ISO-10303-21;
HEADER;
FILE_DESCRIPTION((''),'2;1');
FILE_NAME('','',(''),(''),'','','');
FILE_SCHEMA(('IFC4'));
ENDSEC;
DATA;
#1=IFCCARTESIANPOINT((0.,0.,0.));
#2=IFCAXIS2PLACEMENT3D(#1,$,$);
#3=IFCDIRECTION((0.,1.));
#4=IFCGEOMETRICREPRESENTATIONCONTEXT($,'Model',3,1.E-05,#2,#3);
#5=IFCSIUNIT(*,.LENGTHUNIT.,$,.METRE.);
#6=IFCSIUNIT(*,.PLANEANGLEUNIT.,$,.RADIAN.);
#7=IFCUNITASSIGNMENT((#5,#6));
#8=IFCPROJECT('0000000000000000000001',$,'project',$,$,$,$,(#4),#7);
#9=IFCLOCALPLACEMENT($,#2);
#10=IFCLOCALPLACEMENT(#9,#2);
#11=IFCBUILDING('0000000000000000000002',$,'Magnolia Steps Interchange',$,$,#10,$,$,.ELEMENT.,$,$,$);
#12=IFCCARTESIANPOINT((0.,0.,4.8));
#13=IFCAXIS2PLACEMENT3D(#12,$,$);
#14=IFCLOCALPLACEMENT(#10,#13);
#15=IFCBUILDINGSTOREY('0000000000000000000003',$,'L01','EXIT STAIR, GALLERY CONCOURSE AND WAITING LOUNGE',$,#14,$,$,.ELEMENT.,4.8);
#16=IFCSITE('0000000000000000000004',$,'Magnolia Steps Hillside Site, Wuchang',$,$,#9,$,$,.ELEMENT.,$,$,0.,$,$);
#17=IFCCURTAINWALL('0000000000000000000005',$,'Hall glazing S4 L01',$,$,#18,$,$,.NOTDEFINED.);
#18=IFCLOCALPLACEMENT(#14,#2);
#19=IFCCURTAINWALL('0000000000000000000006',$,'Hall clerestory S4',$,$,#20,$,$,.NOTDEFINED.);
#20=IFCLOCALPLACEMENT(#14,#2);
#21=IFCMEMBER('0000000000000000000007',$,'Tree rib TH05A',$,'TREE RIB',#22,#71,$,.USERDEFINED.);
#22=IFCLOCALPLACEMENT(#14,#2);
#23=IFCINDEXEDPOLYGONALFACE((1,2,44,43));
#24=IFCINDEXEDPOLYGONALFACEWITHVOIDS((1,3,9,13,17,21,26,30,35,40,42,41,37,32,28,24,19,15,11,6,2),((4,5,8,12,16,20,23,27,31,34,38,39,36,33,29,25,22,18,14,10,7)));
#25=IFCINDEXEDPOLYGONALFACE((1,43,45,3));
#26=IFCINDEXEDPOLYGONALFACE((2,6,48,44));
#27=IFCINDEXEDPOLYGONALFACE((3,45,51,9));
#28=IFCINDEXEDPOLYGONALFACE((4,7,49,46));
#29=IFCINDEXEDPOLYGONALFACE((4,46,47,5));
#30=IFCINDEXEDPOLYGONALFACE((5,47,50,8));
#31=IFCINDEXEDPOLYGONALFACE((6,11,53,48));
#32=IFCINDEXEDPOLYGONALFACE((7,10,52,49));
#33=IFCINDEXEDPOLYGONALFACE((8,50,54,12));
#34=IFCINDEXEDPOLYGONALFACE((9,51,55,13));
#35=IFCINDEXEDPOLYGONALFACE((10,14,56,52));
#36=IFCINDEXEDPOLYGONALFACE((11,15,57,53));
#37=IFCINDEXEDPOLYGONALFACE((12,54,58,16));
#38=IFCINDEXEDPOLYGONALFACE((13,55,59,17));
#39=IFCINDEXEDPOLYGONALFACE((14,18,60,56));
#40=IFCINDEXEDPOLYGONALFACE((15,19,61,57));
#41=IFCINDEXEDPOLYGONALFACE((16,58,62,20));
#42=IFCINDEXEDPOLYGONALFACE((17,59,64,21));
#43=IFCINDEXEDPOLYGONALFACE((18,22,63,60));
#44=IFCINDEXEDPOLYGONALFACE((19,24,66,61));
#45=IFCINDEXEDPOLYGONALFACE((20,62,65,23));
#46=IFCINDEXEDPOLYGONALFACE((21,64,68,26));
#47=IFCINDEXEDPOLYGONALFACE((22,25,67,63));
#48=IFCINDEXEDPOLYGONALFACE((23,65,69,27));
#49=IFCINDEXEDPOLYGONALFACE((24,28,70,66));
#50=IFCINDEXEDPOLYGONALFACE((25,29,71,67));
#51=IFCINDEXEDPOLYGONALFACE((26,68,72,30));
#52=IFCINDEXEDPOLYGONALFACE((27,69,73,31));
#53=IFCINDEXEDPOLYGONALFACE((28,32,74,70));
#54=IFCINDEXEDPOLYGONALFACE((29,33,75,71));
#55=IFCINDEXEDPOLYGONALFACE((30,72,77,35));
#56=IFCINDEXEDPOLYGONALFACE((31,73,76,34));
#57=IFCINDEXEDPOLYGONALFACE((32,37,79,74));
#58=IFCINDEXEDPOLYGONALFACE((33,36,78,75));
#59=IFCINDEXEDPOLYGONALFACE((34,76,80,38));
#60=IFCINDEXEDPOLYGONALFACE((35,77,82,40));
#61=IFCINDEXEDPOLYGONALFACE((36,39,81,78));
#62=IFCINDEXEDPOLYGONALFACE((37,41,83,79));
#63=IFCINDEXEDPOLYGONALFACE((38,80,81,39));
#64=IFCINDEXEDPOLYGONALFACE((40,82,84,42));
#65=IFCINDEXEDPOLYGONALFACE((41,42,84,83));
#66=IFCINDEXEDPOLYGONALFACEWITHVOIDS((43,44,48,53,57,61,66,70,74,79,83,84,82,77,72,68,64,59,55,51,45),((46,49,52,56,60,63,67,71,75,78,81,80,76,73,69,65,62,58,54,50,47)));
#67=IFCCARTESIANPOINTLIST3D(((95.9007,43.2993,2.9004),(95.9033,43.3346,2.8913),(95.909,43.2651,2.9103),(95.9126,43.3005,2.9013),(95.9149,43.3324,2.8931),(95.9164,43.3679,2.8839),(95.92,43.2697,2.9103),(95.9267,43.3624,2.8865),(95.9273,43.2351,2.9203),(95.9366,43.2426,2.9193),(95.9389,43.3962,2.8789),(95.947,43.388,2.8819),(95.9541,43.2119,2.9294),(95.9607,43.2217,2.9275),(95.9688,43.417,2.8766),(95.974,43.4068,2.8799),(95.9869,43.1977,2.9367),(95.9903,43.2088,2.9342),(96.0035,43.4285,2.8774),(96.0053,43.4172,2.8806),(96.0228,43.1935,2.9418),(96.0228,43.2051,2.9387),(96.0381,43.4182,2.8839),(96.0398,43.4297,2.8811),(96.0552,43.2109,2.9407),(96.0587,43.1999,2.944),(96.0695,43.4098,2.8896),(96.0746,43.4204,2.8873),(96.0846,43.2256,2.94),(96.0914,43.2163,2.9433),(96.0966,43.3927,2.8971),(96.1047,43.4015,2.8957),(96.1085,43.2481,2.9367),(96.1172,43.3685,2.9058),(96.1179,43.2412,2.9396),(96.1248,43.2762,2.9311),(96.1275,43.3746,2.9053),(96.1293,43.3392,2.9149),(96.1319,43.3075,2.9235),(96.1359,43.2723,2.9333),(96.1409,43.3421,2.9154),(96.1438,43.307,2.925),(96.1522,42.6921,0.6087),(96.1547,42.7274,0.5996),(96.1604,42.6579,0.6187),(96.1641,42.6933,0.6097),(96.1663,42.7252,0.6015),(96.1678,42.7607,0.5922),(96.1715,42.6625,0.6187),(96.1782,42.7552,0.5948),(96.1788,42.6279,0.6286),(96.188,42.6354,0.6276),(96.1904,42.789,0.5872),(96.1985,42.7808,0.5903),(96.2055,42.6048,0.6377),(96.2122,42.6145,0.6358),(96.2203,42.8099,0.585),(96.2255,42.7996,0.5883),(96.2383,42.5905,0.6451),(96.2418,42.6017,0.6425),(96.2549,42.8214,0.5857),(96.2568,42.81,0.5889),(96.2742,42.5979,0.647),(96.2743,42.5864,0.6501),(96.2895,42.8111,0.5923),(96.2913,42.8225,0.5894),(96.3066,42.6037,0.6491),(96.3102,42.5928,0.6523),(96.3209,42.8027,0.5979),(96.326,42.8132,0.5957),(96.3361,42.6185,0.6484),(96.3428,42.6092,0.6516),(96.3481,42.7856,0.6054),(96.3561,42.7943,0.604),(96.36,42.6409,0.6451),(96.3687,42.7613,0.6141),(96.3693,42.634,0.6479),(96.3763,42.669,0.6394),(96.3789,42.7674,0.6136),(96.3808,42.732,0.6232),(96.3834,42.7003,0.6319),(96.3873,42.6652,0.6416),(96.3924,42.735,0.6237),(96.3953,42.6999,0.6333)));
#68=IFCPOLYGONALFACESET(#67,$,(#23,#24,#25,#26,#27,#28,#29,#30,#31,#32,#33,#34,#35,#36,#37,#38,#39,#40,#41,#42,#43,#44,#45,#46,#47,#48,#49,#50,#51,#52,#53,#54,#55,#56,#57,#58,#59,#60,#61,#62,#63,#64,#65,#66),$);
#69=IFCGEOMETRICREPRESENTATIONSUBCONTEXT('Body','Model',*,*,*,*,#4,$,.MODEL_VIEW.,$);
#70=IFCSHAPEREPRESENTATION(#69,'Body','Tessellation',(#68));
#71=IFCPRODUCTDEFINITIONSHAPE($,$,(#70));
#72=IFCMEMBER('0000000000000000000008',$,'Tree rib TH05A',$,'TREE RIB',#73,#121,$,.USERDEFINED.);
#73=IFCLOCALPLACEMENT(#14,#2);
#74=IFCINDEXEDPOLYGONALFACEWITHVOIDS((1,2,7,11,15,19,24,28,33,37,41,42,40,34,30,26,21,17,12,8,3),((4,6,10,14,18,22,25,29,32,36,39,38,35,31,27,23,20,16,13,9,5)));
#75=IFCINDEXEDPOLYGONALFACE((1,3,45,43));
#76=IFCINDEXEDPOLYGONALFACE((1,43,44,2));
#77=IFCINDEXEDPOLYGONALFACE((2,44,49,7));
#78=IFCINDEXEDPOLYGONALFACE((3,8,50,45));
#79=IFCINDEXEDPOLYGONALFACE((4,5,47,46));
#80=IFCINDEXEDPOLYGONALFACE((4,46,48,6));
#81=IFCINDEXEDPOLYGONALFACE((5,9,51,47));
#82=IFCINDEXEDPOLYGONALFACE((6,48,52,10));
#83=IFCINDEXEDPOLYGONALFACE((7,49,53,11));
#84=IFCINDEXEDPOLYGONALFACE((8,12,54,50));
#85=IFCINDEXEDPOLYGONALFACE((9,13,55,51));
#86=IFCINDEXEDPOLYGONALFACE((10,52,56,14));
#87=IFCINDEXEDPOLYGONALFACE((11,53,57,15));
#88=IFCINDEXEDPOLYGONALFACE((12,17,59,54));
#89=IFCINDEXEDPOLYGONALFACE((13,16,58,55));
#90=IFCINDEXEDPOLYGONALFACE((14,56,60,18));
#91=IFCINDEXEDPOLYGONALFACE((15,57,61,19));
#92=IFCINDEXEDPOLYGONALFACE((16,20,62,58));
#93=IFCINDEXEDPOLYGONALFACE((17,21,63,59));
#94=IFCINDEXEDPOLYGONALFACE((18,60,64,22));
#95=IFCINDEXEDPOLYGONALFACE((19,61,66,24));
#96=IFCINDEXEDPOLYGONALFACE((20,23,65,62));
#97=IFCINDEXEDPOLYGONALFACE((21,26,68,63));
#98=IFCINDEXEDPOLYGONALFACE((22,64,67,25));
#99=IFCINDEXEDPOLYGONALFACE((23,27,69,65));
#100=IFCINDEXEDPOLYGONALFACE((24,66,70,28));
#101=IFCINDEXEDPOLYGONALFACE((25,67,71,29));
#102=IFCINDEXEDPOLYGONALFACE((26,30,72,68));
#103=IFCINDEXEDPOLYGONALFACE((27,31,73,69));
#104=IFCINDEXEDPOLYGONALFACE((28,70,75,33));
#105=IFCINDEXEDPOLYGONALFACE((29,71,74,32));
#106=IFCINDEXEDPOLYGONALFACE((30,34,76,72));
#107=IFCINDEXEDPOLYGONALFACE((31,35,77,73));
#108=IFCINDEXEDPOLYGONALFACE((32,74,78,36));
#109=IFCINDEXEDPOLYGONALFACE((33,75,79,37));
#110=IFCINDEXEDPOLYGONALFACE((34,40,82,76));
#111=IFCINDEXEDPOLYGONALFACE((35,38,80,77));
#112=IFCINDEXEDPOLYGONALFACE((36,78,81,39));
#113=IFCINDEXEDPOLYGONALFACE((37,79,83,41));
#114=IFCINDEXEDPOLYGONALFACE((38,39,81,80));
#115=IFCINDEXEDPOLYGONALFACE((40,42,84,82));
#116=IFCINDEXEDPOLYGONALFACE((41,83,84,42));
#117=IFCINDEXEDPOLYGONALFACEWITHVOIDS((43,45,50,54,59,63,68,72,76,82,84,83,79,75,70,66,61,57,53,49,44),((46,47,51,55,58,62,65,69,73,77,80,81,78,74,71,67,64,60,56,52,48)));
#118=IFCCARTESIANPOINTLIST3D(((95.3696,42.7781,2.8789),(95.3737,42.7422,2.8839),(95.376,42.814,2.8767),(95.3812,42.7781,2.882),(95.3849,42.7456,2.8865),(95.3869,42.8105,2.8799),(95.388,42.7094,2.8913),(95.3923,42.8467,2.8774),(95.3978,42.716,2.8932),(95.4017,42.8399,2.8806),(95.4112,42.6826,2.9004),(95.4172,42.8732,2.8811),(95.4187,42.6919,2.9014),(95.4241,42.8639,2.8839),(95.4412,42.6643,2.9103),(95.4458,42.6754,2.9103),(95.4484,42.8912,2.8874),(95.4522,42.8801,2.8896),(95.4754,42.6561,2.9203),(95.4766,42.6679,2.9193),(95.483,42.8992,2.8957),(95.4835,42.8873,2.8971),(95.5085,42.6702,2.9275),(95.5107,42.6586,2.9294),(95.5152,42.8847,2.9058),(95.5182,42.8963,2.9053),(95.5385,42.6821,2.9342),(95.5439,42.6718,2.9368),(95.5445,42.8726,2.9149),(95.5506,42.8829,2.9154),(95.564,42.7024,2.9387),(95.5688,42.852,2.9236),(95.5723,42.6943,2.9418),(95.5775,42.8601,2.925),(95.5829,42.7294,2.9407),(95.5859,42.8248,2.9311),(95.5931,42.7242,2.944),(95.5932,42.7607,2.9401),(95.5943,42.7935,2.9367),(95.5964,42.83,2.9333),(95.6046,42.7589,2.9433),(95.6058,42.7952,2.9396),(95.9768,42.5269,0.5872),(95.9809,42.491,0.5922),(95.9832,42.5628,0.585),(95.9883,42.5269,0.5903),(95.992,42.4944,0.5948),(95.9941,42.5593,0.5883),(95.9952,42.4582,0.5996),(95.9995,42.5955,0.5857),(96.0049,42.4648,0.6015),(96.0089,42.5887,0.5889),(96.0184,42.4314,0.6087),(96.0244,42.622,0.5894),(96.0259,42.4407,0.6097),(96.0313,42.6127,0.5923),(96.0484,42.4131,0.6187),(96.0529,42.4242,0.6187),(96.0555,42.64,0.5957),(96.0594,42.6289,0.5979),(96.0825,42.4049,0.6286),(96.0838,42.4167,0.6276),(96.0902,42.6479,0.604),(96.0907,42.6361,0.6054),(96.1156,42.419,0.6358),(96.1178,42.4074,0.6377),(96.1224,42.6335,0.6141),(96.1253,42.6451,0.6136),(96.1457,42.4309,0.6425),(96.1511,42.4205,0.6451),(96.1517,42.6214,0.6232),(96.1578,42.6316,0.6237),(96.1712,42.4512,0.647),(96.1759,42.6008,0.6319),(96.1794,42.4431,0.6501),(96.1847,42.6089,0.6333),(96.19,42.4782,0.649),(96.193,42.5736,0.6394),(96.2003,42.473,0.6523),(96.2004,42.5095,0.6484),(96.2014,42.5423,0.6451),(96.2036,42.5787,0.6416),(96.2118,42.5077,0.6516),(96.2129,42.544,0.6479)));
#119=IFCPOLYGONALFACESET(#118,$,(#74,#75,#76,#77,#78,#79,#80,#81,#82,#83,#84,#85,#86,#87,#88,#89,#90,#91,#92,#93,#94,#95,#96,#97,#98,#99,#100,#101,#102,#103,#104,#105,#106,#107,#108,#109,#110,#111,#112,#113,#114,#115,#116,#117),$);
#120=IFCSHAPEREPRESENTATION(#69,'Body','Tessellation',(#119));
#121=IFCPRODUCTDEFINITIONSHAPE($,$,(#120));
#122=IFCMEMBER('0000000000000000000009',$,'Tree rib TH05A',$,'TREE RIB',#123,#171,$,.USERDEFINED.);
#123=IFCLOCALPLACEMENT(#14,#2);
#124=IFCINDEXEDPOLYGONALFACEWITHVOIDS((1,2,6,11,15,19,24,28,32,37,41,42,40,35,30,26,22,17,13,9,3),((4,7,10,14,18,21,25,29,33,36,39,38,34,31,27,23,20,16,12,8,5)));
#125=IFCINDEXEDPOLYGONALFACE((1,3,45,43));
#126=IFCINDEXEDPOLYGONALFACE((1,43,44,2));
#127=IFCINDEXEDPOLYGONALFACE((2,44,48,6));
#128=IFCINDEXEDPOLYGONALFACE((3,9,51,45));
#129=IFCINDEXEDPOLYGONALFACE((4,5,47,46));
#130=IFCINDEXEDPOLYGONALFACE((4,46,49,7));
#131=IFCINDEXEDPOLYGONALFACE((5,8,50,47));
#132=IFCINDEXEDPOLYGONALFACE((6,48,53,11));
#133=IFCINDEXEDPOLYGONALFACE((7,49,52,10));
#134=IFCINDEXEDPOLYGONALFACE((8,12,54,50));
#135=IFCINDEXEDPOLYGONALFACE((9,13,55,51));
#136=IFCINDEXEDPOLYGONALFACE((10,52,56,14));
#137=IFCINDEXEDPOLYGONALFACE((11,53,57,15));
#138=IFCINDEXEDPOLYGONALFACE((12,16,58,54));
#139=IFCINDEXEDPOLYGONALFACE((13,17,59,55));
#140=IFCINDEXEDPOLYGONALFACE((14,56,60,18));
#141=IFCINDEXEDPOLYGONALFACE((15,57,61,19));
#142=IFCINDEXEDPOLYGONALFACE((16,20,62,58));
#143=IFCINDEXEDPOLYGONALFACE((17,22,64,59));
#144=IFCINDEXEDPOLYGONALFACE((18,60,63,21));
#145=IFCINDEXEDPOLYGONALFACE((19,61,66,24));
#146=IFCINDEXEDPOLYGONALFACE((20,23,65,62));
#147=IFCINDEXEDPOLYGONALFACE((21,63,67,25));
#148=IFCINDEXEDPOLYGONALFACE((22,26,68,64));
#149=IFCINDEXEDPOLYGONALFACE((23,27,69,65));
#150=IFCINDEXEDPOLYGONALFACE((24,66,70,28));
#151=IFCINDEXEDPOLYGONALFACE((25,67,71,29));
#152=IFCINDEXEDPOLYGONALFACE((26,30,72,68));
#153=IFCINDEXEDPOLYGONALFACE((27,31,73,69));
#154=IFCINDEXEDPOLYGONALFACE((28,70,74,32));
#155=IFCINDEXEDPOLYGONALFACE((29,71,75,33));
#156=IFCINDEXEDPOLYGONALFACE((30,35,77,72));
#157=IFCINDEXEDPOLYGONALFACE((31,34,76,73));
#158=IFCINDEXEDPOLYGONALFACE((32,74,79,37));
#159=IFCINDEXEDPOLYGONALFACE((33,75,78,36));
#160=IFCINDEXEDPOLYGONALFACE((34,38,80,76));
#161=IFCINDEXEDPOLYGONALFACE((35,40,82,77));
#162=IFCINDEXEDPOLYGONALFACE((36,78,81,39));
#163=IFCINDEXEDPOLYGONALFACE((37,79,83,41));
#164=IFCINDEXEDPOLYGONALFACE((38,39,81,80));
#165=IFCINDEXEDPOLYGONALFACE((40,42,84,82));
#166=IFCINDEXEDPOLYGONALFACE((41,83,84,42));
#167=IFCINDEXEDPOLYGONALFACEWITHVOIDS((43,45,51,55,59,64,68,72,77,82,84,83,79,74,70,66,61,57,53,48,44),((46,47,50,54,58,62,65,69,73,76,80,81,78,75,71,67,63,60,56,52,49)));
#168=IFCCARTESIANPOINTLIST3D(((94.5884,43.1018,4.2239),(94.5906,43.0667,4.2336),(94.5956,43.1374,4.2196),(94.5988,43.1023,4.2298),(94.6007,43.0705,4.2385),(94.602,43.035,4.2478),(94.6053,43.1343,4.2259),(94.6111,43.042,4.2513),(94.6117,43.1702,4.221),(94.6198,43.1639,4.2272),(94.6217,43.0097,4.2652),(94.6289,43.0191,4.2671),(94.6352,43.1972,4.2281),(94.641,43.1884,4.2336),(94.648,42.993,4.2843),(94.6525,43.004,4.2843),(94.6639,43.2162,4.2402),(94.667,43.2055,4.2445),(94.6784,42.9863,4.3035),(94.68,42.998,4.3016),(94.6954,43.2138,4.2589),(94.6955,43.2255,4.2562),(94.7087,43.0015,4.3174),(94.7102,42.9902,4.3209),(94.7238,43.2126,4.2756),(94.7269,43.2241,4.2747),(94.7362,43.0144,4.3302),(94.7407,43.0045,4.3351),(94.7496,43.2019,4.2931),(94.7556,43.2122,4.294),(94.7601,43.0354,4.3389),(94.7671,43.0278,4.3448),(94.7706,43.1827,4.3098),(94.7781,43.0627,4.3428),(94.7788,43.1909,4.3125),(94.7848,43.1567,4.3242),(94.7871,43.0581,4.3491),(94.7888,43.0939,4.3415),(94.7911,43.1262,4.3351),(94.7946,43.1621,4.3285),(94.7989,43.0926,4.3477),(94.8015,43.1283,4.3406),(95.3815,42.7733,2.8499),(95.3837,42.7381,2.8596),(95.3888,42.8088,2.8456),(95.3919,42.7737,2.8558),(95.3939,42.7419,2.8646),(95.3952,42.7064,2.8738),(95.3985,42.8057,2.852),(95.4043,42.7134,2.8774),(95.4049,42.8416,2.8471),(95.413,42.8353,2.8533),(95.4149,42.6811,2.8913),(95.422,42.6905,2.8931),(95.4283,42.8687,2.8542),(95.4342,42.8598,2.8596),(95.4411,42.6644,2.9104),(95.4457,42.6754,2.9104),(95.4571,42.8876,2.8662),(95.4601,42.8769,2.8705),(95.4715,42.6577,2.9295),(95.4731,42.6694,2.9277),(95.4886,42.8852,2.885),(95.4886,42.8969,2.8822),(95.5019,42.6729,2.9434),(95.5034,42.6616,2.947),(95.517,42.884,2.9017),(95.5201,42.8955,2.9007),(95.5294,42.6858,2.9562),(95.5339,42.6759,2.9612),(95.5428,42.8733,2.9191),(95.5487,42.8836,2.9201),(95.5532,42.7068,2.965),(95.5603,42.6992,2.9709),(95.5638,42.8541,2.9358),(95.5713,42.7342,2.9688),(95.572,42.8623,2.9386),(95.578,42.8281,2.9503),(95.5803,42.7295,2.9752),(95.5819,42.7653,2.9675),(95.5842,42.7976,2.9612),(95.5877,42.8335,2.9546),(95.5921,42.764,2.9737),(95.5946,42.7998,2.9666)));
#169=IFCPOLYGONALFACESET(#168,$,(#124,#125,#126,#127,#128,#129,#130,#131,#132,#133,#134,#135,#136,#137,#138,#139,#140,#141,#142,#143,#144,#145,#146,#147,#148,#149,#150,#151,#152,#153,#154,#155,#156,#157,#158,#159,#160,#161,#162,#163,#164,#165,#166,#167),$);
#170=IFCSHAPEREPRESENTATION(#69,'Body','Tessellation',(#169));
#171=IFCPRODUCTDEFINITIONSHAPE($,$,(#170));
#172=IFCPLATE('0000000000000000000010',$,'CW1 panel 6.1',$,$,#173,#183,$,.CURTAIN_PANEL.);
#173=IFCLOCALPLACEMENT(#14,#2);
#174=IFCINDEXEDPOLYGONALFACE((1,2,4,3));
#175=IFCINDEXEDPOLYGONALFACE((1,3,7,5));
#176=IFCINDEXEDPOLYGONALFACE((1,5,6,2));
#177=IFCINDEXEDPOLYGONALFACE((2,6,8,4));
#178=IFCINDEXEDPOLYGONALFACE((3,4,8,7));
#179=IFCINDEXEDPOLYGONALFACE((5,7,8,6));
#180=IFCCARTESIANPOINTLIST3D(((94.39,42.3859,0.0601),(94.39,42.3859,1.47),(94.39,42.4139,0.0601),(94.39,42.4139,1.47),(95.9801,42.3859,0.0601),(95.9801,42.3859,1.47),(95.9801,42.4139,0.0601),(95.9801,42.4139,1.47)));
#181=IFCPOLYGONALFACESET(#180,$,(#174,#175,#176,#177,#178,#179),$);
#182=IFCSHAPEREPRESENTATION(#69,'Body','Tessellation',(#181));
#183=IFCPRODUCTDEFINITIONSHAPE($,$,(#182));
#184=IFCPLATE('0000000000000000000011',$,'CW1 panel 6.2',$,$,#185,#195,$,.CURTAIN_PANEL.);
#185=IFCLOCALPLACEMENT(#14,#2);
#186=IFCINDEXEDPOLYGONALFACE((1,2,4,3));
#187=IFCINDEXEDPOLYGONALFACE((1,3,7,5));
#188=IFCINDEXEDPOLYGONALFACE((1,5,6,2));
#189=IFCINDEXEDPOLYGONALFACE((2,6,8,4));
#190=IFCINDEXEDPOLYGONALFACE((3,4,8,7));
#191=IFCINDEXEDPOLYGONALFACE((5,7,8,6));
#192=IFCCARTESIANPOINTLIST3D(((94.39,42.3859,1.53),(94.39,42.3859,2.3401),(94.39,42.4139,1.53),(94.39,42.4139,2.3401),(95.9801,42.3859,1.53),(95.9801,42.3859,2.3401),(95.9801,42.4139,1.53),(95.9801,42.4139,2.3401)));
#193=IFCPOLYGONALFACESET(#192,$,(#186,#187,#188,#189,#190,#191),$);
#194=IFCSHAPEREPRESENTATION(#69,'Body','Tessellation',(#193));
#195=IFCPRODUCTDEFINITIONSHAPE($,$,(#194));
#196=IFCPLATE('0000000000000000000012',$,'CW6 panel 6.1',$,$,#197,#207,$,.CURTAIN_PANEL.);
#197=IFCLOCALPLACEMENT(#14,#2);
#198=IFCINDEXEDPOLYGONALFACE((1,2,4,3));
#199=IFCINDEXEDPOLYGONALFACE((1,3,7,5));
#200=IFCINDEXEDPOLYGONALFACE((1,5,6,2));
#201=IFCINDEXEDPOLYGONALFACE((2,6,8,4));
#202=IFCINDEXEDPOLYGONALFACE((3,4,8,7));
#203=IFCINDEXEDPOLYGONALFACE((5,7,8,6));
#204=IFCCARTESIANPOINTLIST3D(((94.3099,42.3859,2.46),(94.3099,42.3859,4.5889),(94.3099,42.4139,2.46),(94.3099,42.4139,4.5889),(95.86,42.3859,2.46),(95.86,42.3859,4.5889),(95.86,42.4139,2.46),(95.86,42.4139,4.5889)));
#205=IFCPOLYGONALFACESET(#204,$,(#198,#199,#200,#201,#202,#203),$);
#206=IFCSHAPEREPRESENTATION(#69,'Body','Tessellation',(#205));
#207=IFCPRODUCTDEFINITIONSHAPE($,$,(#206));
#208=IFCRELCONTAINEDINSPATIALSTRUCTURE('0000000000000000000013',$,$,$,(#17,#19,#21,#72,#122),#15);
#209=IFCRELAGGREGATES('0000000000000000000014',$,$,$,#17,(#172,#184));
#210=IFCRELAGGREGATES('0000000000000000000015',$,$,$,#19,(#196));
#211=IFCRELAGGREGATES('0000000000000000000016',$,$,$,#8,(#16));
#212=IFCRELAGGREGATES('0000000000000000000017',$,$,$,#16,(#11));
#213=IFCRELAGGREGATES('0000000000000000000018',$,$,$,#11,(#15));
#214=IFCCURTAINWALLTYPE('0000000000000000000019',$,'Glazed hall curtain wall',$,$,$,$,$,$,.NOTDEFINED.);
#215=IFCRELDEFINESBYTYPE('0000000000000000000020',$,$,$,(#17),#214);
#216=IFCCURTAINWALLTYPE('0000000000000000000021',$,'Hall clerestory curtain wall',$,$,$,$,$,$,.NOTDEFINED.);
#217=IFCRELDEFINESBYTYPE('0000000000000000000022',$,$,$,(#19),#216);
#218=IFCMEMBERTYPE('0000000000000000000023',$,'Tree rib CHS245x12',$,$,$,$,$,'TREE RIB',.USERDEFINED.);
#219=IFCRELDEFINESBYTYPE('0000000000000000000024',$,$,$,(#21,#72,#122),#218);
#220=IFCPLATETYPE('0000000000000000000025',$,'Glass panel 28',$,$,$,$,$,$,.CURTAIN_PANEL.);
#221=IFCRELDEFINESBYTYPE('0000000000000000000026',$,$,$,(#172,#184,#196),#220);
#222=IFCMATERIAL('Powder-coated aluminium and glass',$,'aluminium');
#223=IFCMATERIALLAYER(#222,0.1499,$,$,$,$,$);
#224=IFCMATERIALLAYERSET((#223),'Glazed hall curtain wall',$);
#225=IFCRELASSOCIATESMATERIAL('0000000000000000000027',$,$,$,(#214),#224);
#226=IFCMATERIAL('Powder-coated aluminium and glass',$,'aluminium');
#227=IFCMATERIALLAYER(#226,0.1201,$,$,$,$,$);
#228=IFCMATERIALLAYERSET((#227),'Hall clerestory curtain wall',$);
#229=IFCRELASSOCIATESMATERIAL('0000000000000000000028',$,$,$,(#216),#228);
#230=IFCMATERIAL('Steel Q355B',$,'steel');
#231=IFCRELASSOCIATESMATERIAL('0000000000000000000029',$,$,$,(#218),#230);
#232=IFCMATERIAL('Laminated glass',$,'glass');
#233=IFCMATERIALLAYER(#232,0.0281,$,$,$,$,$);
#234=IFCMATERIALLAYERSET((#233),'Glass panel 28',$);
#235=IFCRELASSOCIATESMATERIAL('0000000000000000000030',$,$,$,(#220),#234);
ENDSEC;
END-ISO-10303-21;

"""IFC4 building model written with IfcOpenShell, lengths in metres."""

from ifc_helpers import new_model, si_unit, direction, frame, origin, origin_2d, place, context, subcontext, project, spatial, rectangle, hollow_circle, extrude, material, layer, layer_set, material_profile, profile_set, type_object, element, aggregate, save


model = new_model("IFC4")

# Units and contexts
model_context = context("Model", 3, precision=1e-05, world=origin(), true_north=direction((0.0, 1.0)))
body_context = subcontext(model_context, "Body", "Model", "MODEL_VIEW")
ifc_project = project(units=[si_unit("LENGTHUNIT", "METRE"), si_unit("PLANEANGLEUNIT", "RADIAN")], contexts=[model_context])

# Site, building, storey
site_placement = place(None, origin())
site = spatial("IfcSite", under=ifc_project, at=site_placement, Name="Magnolia Steps Hillside Site, Wuchang", CompositionType="ELEMENT", RefElevation=0.0)
building_placement = place(site_placement, origin())
building = spatial("IfcBuilding", under=site, at=building_placement, Name="Magnolia Steps Interchange", CompositionType="ELEMENT")
storey_placement = place(building_placement, frame((0.0, 0.0, 4.8)))
storey = spatial("IfcBuildingStorey", under=building, at=storey_placement, Name="L01", Description="EXIT STAIR, GALLERY CONCOURSE AND WAITING LOUNGE", CompositionType="ELEMENT", Elevation=4.8)

# Curtain walls
ifc_material_1 = material(Name="Powder-coated aluminium and glass", Category="aluminium")
ifc_layer_1 = layer(ifc_material_1, 0.1499)
ifc_layer_set_1 = layer_set([ifc_layer_1], Name="Glazed hall curtain wall")
curtain_wall_type_1 = type_object("IfcCurtainWallType", Name="Glazed hall curtain wall", PredefinedType="NOTDEFINED", material=ifc_layer_set_1)
curtain_wall_1_placement = place(storey_placement, origin())
curtain_wall_1 = element("IfcCurtainWall", 1, at=curtain_wall_1_placement, inside=storey, type_object=curtain_wall_type_1, Name="Hall glazing S4 L01", PredefinedType="NOTDEFINED")
ifc_material_2 = material(Name="Powder-coated aluminium and glass", Category="aluminium")
ifc_layer_2 = layer(ifc_material_2, 0.1201)
ifc_layer_set_2 = layer_set([ifc_layer_2], Name="Hall clerestory curtain wall")
curtain_wall_type_2 = type_object("IfcCurtainWallType", Name="Hall clerestory curtain wall", PredefinedType="NOTDEFINED", material=ifc_layer_set_2)
curtain_wall_2_placement = place(storey_placement, origin())
curtain_wall_2 = element("IfcCurtainWall", 2, at=curtain_wall_2_placement, inside=storey, type_object=curtain_wall_type_2, Name="Hall clerestory S4", PredefinedType="NOTDEFINED")

# Members
ifc_material_3 = material(Name="Steel Q355B", Category="steel")
ifc_material_profile_1 = material_profile(ifc_material_3, hollow_circle(Radius=0.1226, WallThickness=0.012, at=origin_2d()), Name="CHS245x12")
ifc_profile_set_1 = profile_set([ifc_material_profile_1], Name="Steel Q355B")
member_type_1 = type_object("IfcMemberType", Name="Tree rib CHS245x12", ElementType="TREE RIB", PredefinedType="USERDEFINED", material=ifc_profile_set_1)
for number, where, z_axis, x_axis, name in (
    (3, (96.2737, 42.7048, 0.6187), (-0.105475, 0.254676, 0.961257), (-0.923899, -0.382636, 0.0), "Tree rib TH05A"),
    (4, (96.0952, 42.5264, 0.6187), (-0.254679, 0.105374, 0.961267), (-0.382319, -0.92403, 0.0), "Tree rib TH05A"),
):
    element("IfcMember", number, at=place(storey_placement, frame(where, z_axis=z_axis, x_axis=x_axis)), inside=storey, type_object=member_type_1, Name=name, ObjectType="TREE RIB", PredefinedType="USERDEFINED", context=body_context, shape_type="SweptSolid", body=[
        extrude(hollow_circle(Radius=0.1226, WallThickness=0.012, at=origin_2d()), origin(), (0.0, 0.0, 1.0), 2.384),
    ])
member_1_placement = place(storey_placement, frame((95.488, 42.7776, 2.9104), z_axis=(-0.489571, 0.20282, 0.848047), x_axis=(-0.382737, -0.923857, 0.0)))
element("IfcMember", 5, at=member_1_placement, inside=storey, type_object=member_type_1, Name="Tree rib TH05A", ObjectType="TREE RIB", PredefinedType="USERDEFINED", context=body_context, shape_type="SweptSolid", body=[
    extrude(hollow_circle(Radius=0.1226, WallThickness=0.012, at=origin_2d()), origin(), (0.0, 0.0, 1.0), 1.6201),
])

# Plates
ifc_material_4 = material(Name="Laminated glass", Category="glass")
ifc_layer_3 = layer(ifc_material_4, 0.0281)
ifc_layer_set_3 = layer_set([ifc_layer_3], Name="Glass panel 28")
plate_type_1 = type_object("IfcPlateType", Name="Glass panel 28", PredefinedType="CURTAIN_PANEL", material=ifc_layer_set_3)
plate_1_placement = place(storey_placement, frame((95.1851, 42.3999, 0.0601), z_axis=(0.0, 0.0, 1.0), x_axis=(1.0, 0.0, 0.0)))
plate_1 = element("IfcPlate", 6, at=plate_1_placement, type_object=plate_type_1, Name="CW1 panel 6.1", PredefinedType="CURTAIN_PANEL", context=body_context, shape_type="SweptSolid", body=[
    extrude(rectangle(XDim=1.5901, YDim=0.0281, at=origin_2d()), origin(), (0.0, 0.0, 1.0), 1.4099),
])
plate_2_placement = place(storey_placement, frame((95.1851, 42.3999, 1.53), z_axis=(0.0, 0.0, 1.0), x_axis=(1.0, 0.0, 0.0)))
plate_2 = element("IfcPlate", 7, at=plate_2_placement, type_object=plate_type_1, Name="CW1 panel 6.2", PredefinedType="CURTAIN_PANEL", context=body_context, shape_type="SweptSolid", body=[
    extrude(rectangle(XDim=1.5901, YDim=0.0281, at=origin_2d()), origin(), (0.0, 0.0, 1.0), 0.8101),
])
aggregate(curtain_wall_1, [plate_1, plate_2])
plate_3_placement = place(storey_placement, frame((95.085, 42.3999, 2.46), z_axis=(0.0, 0.0, 1.0), x_axis=(1.0, 0.0, 0.0)))
plate_3 = element("IfcPlate", 8, at=plate_3_placement, type_object=plate_type_1, Name="CW6 panel 6.1", PredefinedType="CURTAIN_PANEL", context=body_context, shape_type="SweptSolid", body=[
    extrude(rectangle(XDim=1.55, YDim=0.0281, at=origin_2d()), origin(), (0.0, 0.0, 1.0), 2.1289),
])
aggregate(curtain_wall_2, [plate_3])

save(model, "model.ifc")
